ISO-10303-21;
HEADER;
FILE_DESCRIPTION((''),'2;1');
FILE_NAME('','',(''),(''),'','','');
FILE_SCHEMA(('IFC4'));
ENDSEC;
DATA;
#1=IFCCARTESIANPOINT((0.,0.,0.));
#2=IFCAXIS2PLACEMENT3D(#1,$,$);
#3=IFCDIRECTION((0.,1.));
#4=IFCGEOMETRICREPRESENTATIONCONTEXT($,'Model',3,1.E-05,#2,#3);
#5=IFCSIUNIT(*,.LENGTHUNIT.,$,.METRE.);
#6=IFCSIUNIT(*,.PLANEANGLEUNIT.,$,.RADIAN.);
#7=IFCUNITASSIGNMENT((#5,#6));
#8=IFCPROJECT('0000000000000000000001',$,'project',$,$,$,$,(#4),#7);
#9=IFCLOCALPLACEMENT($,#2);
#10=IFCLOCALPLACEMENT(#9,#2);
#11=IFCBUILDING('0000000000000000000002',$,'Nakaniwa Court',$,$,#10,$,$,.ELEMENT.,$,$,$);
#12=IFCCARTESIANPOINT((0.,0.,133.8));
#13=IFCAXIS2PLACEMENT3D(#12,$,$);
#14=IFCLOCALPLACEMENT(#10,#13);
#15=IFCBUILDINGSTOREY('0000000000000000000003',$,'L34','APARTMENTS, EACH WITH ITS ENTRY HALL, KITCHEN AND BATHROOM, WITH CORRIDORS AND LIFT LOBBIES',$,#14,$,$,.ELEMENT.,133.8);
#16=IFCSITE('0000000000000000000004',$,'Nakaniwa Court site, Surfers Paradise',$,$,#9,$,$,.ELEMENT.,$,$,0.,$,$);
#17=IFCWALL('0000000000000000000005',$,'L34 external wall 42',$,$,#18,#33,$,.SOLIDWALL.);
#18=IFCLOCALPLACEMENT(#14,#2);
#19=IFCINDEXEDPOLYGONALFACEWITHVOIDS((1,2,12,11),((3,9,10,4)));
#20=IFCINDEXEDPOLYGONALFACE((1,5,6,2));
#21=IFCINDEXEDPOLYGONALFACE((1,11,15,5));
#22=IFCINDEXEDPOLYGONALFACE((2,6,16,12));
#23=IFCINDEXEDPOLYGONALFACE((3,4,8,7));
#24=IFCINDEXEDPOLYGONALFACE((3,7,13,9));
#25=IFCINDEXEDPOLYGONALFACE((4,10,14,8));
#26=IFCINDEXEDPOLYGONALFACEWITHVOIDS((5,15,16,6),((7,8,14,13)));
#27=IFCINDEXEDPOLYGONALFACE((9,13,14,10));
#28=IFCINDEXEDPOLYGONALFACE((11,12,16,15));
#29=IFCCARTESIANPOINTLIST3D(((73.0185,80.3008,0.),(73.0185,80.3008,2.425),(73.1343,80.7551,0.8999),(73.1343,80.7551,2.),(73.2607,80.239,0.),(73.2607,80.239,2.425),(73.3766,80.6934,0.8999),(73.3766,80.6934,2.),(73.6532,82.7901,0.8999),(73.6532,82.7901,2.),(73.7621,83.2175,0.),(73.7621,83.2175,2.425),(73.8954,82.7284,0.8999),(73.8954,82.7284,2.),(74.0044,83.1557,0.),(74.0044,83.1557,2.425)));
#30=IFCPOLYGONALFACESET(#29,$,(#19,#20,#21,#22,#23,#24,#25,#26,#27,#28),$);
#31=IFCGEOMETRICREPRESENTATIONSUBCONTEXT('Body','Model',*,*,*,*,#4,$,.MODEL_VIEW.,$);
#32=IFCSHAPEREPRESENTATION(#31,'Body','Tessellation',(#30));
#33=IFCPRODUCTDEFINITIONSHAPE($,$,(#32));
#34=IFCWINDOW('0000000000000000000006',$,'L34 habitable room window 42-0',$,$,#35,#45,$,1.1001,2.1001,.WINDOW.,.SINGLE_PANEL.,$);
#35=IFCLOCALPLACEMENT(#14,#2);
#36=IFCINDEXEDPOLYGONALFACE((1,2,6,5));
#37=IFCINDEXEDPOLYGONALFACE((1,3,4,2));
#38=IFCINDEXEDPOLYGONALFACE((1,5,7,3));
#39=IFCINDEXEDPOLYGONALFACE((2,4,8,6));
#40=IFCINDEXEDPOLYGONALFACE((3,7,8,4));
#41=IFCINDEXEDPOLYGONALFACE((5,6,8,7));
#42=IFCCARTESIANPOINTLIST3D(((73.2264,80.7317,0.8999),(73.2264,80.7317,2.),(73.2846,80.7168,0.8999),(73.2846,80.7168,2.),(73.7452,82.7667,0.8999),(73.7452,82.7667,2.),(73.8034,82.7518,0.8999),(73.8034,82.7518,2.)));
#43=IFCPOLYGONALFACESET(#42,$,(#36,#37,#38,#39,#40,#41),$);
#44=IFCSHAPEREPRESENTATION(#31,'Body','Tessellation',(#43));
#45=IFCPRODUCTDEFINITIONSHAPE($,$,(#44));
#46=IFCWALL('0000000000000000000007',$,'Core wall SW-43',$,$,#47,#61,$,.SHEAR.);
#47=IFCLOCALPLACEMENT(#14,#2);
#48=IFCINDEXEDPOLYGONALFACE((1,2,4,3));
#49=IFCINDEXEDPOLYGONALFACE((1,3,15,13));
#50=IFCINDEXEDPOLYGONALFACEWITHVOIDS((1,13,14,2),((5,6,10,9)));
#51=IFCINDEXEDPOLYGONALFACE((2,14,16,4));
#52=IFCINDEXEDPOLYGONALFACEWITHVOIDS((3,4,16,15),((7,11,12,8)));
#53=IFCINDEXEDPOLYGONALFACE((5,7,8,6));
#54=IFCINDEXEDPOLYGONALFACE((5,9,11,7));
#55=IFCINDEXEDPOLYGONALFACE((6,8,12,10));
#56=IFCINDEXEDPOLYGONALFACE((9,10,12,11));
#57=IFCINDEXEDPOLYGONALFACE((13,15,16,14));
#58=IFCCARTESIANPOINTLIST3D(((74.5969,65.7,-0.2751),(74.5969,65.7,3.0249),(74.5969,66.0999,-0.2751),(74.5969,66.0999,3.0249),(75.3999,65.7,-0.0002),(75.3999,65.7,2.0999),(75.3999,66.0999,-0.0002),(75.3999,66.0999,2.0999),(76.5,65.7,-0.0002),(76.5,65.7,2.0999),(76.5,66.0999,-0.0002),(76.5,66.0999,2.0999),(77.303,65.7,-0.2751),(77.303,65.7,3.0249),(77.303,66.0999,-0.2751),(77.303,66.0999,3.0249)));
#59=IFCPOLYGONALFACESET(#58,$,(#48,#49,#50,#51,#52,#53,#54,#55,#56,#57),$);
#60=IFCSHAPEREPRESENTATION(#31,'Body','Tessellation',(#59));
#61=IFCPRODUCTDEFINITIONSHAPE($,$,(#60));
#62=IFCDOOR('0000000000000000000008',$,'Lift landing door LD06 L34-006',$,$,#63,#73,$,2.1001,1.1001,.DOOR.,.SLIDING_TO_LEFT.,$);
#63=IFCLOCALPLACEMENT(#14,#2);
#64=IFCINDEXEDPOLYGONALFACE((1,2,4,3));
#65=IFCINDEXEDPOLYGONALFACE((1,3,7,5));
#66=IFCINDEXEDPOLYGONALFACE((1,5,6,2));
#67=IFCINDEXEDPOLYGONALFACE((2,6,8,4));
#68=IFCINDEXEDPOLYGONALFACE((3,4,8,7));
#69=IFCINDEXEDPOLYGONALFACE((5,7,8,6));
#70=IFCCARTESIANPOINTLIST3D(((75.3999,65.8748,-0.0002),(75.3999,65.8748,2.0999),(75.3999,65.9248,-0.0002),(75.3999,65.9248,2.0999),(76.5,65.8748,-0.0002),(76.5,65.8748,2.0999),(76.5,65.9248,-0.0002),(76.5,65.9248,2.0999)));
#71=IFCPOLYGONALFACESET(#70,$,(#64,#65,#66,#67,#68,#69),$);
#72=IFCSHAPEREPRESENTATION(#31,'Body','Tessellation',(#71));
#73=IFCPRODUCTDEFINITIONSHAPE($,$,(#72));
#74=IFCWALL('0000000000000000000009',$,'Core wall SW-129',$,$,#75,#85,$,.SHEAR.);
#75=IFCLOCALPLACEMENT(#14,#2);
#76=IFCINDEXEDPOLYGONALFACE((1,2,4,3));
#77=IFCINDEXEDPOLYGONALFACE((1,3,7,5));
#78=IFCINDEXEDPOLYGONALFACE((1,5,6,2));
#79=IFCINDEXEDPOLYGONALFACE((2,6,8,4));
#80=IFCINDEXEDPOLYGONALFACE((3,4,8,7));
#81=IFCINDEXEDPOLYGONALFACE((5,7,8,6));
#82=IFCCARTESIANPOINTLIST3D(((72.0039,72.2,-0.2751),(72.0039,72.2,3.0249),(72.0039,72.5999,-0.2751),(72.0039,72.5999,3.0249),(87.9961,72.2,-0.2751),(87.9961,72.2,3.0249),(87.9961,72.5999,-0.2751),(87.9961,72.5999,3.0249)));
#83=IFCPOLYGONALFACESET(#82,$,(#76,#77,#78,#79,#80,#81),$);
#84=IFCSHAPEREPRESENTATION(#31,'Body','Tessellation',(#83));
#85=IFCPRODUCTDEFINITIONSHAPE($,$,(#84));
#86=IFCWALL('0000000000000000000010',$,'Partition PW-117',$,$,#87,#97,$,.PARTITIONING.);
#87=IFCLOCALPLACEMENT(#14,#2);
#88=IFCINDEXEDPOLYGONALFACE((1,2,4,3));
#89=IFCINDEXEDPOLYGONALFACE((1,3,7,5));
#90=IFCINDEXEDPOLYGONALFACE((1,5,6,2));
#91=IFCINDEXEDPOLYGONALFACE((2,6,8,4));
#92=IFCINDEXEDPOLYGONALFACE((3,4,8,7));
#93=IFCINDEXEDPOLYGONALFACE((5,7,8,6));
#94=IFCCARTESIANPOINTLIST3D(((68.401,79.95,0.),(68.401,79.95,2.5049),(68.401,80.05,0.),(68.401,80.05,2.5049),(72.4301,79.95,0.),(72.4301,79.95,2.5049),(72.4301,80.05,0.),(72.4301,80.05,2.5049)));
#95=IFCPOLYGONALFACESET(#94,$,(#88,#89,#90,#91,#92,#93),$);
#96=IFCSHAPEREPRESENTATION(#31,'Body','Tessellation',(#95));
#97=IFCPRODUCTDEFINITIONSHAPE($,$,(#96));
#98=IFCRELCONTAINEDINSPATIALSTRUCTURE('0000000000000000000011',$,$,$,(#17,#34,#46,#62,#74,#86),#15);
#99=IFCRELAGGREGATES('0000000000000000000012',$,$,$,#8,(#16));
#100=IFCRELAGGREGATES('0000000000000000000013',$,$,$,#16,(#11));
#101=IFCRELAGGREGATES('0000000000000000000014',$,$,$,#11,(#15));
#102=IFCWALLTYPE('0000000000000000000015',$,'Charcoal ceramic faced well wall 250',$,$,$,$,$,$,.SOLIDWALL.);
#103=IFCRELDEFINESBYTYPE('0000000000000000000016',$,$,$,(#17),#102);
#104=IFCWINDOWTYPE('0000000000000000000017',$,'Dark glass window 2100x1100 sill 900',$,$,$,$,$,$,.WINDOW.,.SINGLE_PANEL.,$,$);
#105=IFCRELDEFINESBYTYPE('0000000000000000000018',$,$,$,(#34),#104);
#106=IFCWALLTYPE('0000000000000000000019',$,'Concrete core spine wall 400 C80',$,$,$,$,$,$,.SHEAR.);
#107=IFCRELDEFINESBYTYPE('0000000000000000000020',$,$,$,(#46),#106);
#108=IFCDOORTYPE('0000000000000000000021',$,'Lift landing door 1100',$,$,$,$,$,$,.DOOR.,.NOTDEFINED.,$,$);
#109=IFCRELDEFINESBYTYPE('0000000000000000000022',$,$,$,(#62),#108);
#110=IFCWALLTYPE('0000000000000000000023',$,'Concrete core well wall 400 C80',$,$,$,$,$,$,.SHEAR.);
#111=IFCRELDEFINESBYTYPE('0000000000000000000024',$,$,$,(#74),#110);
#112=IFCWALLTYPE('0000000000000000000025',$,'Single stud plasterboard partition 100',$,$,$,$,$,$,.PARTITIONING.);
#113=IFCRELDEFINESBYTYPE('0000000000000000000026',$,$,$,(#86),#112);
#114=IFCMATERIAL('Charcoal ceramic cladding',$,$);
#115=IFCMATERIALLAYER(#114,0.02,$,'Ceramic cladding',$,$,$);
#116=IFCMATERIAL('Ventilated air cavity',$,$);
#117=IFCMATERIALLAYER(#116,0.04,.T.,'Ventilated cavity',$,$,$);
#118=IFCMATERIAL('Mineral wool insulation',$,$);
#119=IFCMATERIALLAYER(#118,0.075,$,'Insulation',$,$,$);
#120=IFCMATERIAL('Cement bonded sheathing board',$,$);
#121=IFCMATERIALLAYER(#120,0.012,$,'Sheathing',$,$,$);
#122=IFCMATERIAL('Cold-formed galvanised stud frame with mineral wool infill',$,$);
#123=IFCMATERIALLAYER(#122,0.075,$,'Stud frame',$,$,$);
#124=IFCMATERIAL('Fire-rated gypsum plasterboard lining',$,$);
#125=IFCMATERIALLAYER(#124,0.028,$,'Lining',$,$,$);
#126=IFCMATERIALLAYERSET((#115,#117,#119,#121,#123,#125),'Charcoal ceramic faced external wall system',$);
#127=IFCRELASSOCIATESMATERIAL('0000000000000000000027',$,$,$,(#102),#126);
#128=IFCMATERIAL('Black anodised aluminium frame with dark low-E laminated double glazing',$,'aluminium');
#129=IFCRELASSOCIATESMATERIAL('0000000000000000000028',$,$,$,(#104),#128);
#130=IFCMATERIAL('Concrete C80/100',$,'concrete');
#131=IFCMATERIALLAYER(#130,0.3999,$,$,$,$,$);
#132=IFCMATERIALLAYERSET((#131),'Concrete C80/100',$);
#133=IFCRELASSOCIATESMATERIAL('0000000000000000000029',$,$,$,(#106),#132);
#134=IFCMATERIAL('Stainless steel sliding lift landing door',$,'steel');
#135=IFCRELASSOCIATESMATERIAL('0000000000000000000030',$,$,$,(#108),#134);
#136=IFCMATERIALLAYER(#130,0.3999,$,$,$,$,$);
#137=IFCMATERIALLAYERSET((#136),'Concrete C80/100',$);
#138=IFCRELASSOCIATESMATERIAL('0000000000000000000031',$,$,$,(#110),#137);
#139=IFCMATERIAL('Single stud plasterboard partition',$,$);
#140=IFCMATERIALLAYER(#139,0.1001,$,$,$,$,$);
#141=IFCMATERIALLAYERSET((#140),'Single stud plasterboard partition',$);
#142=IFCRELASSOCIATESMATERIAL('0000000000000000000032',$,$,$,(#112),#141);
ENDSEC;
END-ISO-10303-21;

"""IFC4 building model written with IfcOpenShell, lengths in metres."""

from ifc_helpers import new_model, si_unit, direction, frame, frame_2d, origin, place, context, subcontext, project, spatial, rectangle, extrude, material, layer, layer_set, type_object, element, fill, save


model = new_model("IFC4")

# Units and contexts
model_context = context("Model", 3, precision=1e-05, world=origin(), true_north=direction((0.0, 1.0)))
body_context = subcontext(model_context, "Body", "Model", "MODEL_VIEW")
ifc_project = project(units=[si_unit("LENGTHUNIT", "METRE"), si_unit("PLANEANGLEUNIT", "RADIAN")], contexts=[model_context])

# Site, building, storey
site_placement = place(None, origin())
site = spatial("IfcSite", under=ifc_project, at=site_placement, Name="Nakaniwa Court site, Surfers Paradise", CompositionType="ELEMENT", RefElevation=0.0)
building_placement = place(site_placement, origin())
building = spatial("IfcBuilding", under=site, at=building_placement, Name="Nakaniwa Court", CompositionType="ELEMENT")
storey_placement = place(building_placement, frame((0.0, 0.0, 133.8)))
storey = spatial("IfcBuildingStorey", under=building, at=storey_placement, Name="L34", Description="APARTMENTS, EACH WITH ITS ENTRY HALL, KITCHEN AND BATHROOM, WITH CORRIDORS AND LIFT LOBBIES", CompositionType="ELEMENT", Elevation=133.8)

# Shared definitions
ifc_material_1 = material(Name="Concrete C80/100", Category="concrete")

# Wall, opening, window
ifc_material_2 = material(Name="Charcoal ceramic cladding")
ifc_layer_1 = layer(ifc_material_2, 0.02, Name="Ceramic cladding")
ifc_material_3 = material(Name="Ventilated air cavity")
ifc_layer_2 = layer(ifc_material_3, 0.04, ventilated=True, Name="Ventilated cavity")
ifc_material_4 = material(Name="Mineral wool insulation")
ifc_layer_3 = layer(ifc_material_4, 0.075, Name="Insulation")
ifc_material_5 = material(Name="Cement bonded sheathing board")
ifc_layer_4 = layer(ifc_material_5, 0.012, Name="Sheathing")
ifc_material_6 = material(Name="Cold-formed galvanised stud frame with mineral wool infill")
ifc_layer_5 = layer(ifc_material_6, 0.075, Name="Stud frame")
ifc_material_7 = material(Name="Fire-rated gypsum plasterboard lining")
ifc_layer_6 = layer(ifc_material_7, 0.028, Name="Lining")
ifc_layer_set_1 = layer_set([ifc_layer_1, ifc_layer_2, ifc_layer_3, ifc_layer_4, ifc_layer_5, ifc_layer_6], Name="Charcoal ceramic faced external wall system")
wall_type_1 = type_object("IfcWallType", Name="Charcoal ceramic faced well wall 250", PredefinedType="SOLIDWALL", material=ifc_layer_set_1)
ifc_material_8 = material(Name="Black anodised aluminium frame with dark low-E laminated double glazing", Category="aluminium")
window_type = type_object("IfcWindowType", Name="Dark glass window 2100x1100 sill 900", PartitioningType="SINGLE_PANEL", PredefinedType="WINDOW", material=ifc_material_8)
wall_1_placement = place(storey_placement, frame((73.1396, 80.27, 0.0), z_axis=(0.0, 0.0, 1.0), x_axis=(0.247056, 0.969001, 0.0)))
wall_1 = element("IfcWall", 1, at=wall_1_placement, inside=storey, type_object=wall_type_1, Name="L34 external wall 42", PredefinedType="SOLIDWALL", context=body_context, shape_type="SweptSolid", body=[
    extrude(rectangle(XDim=3.01, YDim=0.25, at=frame_2d((1.5049, 0.0))), origin(), (0.0, 0.0, 1.0), 2.425),
])
opening_1_placement = place(wall_1_placement, frame((0.4688, 0.0, 0.8999)))
opening_1 = element("IfcOpeningElement", 2, at=opening_1_placement, cuts=wall_1, PredefinedType="OPENING", context=body_context, shape_type="SweptSolid", body=[
    extrude(rectangle(XDim=2.1001, YDim=1.1001, at=frame_2d((1.05, 0.55))), frame((0.0, 0.135, 0.0), z_axis=(0.0, -1.0, 0.0), x_axis=(1.0, 0.0, 0.0)), (0.0, 0.0, 1.0), 0.27),
])
window_1_placement = place(opening_1_placement, origin())
window_1 = element("IfcWindow", 3, at=window_1_placement, inside=storey, type_object=window_type, Name="L34 habitable room window 42-0", OverallHeight=1.1001, OverallWidth=2.1001, PartitioningType="SINGLE_PANEL", PredefinedType="WINDOW", context=body_context, shape_type="SweptSolid", body=[
    extrude(rectangle(XDim=2.1001, YDim=1.1001, at=frame_2d((1.05, 0.55))), frame((0.0, 0.03, 0.0), z_axis=(0.0, -1.0, 0.0), x_axis=(1.0, 0.0, 0.0)), (0.0, 0.0, 1.0), 0.0601),
])
fill(opening_1, window_1)

# Wall, opening, door
ifc_layer_7 = layer(ifc_material_1, 0.3999)
ifc_layer_set_2 = layer_set([ifc_layer_7], Name="Concrete C80/100")
wall_type_2 = type_object("IfcWallType", Name="Concrete core spine wall 400 C80", PredefinedType="SHEAR", material=ifc_layer_set_2)
wall_2_placement = place(storey_placement, frame((74.5969, 65.8999, -0.2751), z_axis=(0.0, 0.0, 1.0), x_axis=(1.0, 0.0, 0.0)))
wall_2 = element("IfcWall", 4, at=wall_2_placement, inside=storey, type_object=wall_type_2, Name="Core wall SW-43", PredefinedType="SHEAR", context=body_context, shape_type="SweptSolid", body=[
    extrude(rectangle(XDim=2.7061, YDim=0.3999, at=frame_2d((1.353, 0.0))), origin(), (0.0, 0.0, 1.0), 3.3),
])
opening_2_placement = place(wall_2_placement, frame((0.803, 0.0, 0.2749)))
opening_2 = element("IfcOpeningElement", 5, at=opening_2_placement, cuts=wall_2, PredefinedType="OPENING", context=body_context, shape_type="SweptSolid", body=[
    extrude(rectangle(XDim=1.1001, YDim=2.1001, at=frame_2d((0.55, 1.05))), frame((0.0, 0.21, 0.0), z_axis=(0.0, -1.0, 0.0), x_axis=(1.0, 0.0, 0.0)), (0.0, 0.0, 1.0), 0.4199),
])
ifc_material_9 = material(Name="Stainless steel sliding lift landing door", Category="steel")
door_type_1 = type_object("IfcDoorType", Name="Lift landing door 1100", OperationType="NOTDEFINED", PredefinedType="DOOR", material=ifc_material_9)
door_1_placement = place(opening_2_placement, origin())
door_1 = element("IfcDoor", 6, at=door_1_placement, inside=storey, type_object=door_type_1, Name="Lift landing door LD06 L34-006", OperationType="SLIDING_TO_LEFT", OverallHeight=2.1001, OverallWidth=1.1001, PredefinedType="DOOR", context=body_context, shape_type="SweptSolid", body=[
    extrude(rectangle(XDim=1.1001, YDim=2.1001, at=frame_2d((0.55, 1.05))), frame((0.0, 0.0249, 0.0), z_axis=(0.0, -1.0, 0.0), x_axis=(1.0, 0.0, 0.0)), (0.0, 0.0, 1.0), 0.05),
])
fill(opening_2, door_1)

# Walls
ifc_layer_8 = layer(ifc_material_1, 0.3999)
ifc_layer_set_3 = layer_set([ifc_layer_8], Name="Concrete C80/100")
wall_type_3 = type_object("IfcWallType", Name="Concrete core well wall 400 C80", PredefinedType="SHEAR", material=ifc_layer_set_3)
wall_3_placement = place(storey_placement, frame((72.0039, 72.3999, -0.2751), z_axis=(0.0, 0.0, 1.0), x_axis=(1.0, 0.0, 0.0)))
element("IfcWall", 7, at=wall_3_placement, inside=storey, type_object=wall_type_3, Name="Core wall SW-129", PredefinedType="SHEAR", context=body_context, shape_type="SweptSolid", body=[
    extrude(rectangle(XDim=15.9922, YDim=0.3999, at=frame_2d((7.9961, 0.0))), origin(), (0.0, 0.0, 1.0), 3.3),
])
ifc_material_10 = material(Name="Single stud plasterboard partition")
ifc_layer_9 = layer(ifc_material_10, 0.1001)
ifc_layer_set_4 = layer_set([ifc_layer_9], Name="Single stud plasterboard partition")
wall_type_4 = type_object("IfcWallType", Name="Single stud plasterboard partition 100", PredefinedType="PARTITIONING", material=ifc_layer_set_4)
wall_4_placement = place(storey_placement, frame((68.4009, 80.0, 0.0), z_axis=(0.0, 0.0, 1.0), x_axis=(1.0, 0.0, 0.0)))
element("IfcWall", 8, at=wall_4_placement, inside=storey, type_object=wall_type_4, Name="Partition PW-117", PredefinedType="PARTITIONING", context=body_context, shape_type="SweptSolid", body=[
    extrude(rectangle(XDim=4.0291, YDim=0.1001, at=frame_2d((2.0146, 0.0))), origin(), (0.0, 0.0, 1.0), 2.5049),
])

save(model, "model.ifc")
